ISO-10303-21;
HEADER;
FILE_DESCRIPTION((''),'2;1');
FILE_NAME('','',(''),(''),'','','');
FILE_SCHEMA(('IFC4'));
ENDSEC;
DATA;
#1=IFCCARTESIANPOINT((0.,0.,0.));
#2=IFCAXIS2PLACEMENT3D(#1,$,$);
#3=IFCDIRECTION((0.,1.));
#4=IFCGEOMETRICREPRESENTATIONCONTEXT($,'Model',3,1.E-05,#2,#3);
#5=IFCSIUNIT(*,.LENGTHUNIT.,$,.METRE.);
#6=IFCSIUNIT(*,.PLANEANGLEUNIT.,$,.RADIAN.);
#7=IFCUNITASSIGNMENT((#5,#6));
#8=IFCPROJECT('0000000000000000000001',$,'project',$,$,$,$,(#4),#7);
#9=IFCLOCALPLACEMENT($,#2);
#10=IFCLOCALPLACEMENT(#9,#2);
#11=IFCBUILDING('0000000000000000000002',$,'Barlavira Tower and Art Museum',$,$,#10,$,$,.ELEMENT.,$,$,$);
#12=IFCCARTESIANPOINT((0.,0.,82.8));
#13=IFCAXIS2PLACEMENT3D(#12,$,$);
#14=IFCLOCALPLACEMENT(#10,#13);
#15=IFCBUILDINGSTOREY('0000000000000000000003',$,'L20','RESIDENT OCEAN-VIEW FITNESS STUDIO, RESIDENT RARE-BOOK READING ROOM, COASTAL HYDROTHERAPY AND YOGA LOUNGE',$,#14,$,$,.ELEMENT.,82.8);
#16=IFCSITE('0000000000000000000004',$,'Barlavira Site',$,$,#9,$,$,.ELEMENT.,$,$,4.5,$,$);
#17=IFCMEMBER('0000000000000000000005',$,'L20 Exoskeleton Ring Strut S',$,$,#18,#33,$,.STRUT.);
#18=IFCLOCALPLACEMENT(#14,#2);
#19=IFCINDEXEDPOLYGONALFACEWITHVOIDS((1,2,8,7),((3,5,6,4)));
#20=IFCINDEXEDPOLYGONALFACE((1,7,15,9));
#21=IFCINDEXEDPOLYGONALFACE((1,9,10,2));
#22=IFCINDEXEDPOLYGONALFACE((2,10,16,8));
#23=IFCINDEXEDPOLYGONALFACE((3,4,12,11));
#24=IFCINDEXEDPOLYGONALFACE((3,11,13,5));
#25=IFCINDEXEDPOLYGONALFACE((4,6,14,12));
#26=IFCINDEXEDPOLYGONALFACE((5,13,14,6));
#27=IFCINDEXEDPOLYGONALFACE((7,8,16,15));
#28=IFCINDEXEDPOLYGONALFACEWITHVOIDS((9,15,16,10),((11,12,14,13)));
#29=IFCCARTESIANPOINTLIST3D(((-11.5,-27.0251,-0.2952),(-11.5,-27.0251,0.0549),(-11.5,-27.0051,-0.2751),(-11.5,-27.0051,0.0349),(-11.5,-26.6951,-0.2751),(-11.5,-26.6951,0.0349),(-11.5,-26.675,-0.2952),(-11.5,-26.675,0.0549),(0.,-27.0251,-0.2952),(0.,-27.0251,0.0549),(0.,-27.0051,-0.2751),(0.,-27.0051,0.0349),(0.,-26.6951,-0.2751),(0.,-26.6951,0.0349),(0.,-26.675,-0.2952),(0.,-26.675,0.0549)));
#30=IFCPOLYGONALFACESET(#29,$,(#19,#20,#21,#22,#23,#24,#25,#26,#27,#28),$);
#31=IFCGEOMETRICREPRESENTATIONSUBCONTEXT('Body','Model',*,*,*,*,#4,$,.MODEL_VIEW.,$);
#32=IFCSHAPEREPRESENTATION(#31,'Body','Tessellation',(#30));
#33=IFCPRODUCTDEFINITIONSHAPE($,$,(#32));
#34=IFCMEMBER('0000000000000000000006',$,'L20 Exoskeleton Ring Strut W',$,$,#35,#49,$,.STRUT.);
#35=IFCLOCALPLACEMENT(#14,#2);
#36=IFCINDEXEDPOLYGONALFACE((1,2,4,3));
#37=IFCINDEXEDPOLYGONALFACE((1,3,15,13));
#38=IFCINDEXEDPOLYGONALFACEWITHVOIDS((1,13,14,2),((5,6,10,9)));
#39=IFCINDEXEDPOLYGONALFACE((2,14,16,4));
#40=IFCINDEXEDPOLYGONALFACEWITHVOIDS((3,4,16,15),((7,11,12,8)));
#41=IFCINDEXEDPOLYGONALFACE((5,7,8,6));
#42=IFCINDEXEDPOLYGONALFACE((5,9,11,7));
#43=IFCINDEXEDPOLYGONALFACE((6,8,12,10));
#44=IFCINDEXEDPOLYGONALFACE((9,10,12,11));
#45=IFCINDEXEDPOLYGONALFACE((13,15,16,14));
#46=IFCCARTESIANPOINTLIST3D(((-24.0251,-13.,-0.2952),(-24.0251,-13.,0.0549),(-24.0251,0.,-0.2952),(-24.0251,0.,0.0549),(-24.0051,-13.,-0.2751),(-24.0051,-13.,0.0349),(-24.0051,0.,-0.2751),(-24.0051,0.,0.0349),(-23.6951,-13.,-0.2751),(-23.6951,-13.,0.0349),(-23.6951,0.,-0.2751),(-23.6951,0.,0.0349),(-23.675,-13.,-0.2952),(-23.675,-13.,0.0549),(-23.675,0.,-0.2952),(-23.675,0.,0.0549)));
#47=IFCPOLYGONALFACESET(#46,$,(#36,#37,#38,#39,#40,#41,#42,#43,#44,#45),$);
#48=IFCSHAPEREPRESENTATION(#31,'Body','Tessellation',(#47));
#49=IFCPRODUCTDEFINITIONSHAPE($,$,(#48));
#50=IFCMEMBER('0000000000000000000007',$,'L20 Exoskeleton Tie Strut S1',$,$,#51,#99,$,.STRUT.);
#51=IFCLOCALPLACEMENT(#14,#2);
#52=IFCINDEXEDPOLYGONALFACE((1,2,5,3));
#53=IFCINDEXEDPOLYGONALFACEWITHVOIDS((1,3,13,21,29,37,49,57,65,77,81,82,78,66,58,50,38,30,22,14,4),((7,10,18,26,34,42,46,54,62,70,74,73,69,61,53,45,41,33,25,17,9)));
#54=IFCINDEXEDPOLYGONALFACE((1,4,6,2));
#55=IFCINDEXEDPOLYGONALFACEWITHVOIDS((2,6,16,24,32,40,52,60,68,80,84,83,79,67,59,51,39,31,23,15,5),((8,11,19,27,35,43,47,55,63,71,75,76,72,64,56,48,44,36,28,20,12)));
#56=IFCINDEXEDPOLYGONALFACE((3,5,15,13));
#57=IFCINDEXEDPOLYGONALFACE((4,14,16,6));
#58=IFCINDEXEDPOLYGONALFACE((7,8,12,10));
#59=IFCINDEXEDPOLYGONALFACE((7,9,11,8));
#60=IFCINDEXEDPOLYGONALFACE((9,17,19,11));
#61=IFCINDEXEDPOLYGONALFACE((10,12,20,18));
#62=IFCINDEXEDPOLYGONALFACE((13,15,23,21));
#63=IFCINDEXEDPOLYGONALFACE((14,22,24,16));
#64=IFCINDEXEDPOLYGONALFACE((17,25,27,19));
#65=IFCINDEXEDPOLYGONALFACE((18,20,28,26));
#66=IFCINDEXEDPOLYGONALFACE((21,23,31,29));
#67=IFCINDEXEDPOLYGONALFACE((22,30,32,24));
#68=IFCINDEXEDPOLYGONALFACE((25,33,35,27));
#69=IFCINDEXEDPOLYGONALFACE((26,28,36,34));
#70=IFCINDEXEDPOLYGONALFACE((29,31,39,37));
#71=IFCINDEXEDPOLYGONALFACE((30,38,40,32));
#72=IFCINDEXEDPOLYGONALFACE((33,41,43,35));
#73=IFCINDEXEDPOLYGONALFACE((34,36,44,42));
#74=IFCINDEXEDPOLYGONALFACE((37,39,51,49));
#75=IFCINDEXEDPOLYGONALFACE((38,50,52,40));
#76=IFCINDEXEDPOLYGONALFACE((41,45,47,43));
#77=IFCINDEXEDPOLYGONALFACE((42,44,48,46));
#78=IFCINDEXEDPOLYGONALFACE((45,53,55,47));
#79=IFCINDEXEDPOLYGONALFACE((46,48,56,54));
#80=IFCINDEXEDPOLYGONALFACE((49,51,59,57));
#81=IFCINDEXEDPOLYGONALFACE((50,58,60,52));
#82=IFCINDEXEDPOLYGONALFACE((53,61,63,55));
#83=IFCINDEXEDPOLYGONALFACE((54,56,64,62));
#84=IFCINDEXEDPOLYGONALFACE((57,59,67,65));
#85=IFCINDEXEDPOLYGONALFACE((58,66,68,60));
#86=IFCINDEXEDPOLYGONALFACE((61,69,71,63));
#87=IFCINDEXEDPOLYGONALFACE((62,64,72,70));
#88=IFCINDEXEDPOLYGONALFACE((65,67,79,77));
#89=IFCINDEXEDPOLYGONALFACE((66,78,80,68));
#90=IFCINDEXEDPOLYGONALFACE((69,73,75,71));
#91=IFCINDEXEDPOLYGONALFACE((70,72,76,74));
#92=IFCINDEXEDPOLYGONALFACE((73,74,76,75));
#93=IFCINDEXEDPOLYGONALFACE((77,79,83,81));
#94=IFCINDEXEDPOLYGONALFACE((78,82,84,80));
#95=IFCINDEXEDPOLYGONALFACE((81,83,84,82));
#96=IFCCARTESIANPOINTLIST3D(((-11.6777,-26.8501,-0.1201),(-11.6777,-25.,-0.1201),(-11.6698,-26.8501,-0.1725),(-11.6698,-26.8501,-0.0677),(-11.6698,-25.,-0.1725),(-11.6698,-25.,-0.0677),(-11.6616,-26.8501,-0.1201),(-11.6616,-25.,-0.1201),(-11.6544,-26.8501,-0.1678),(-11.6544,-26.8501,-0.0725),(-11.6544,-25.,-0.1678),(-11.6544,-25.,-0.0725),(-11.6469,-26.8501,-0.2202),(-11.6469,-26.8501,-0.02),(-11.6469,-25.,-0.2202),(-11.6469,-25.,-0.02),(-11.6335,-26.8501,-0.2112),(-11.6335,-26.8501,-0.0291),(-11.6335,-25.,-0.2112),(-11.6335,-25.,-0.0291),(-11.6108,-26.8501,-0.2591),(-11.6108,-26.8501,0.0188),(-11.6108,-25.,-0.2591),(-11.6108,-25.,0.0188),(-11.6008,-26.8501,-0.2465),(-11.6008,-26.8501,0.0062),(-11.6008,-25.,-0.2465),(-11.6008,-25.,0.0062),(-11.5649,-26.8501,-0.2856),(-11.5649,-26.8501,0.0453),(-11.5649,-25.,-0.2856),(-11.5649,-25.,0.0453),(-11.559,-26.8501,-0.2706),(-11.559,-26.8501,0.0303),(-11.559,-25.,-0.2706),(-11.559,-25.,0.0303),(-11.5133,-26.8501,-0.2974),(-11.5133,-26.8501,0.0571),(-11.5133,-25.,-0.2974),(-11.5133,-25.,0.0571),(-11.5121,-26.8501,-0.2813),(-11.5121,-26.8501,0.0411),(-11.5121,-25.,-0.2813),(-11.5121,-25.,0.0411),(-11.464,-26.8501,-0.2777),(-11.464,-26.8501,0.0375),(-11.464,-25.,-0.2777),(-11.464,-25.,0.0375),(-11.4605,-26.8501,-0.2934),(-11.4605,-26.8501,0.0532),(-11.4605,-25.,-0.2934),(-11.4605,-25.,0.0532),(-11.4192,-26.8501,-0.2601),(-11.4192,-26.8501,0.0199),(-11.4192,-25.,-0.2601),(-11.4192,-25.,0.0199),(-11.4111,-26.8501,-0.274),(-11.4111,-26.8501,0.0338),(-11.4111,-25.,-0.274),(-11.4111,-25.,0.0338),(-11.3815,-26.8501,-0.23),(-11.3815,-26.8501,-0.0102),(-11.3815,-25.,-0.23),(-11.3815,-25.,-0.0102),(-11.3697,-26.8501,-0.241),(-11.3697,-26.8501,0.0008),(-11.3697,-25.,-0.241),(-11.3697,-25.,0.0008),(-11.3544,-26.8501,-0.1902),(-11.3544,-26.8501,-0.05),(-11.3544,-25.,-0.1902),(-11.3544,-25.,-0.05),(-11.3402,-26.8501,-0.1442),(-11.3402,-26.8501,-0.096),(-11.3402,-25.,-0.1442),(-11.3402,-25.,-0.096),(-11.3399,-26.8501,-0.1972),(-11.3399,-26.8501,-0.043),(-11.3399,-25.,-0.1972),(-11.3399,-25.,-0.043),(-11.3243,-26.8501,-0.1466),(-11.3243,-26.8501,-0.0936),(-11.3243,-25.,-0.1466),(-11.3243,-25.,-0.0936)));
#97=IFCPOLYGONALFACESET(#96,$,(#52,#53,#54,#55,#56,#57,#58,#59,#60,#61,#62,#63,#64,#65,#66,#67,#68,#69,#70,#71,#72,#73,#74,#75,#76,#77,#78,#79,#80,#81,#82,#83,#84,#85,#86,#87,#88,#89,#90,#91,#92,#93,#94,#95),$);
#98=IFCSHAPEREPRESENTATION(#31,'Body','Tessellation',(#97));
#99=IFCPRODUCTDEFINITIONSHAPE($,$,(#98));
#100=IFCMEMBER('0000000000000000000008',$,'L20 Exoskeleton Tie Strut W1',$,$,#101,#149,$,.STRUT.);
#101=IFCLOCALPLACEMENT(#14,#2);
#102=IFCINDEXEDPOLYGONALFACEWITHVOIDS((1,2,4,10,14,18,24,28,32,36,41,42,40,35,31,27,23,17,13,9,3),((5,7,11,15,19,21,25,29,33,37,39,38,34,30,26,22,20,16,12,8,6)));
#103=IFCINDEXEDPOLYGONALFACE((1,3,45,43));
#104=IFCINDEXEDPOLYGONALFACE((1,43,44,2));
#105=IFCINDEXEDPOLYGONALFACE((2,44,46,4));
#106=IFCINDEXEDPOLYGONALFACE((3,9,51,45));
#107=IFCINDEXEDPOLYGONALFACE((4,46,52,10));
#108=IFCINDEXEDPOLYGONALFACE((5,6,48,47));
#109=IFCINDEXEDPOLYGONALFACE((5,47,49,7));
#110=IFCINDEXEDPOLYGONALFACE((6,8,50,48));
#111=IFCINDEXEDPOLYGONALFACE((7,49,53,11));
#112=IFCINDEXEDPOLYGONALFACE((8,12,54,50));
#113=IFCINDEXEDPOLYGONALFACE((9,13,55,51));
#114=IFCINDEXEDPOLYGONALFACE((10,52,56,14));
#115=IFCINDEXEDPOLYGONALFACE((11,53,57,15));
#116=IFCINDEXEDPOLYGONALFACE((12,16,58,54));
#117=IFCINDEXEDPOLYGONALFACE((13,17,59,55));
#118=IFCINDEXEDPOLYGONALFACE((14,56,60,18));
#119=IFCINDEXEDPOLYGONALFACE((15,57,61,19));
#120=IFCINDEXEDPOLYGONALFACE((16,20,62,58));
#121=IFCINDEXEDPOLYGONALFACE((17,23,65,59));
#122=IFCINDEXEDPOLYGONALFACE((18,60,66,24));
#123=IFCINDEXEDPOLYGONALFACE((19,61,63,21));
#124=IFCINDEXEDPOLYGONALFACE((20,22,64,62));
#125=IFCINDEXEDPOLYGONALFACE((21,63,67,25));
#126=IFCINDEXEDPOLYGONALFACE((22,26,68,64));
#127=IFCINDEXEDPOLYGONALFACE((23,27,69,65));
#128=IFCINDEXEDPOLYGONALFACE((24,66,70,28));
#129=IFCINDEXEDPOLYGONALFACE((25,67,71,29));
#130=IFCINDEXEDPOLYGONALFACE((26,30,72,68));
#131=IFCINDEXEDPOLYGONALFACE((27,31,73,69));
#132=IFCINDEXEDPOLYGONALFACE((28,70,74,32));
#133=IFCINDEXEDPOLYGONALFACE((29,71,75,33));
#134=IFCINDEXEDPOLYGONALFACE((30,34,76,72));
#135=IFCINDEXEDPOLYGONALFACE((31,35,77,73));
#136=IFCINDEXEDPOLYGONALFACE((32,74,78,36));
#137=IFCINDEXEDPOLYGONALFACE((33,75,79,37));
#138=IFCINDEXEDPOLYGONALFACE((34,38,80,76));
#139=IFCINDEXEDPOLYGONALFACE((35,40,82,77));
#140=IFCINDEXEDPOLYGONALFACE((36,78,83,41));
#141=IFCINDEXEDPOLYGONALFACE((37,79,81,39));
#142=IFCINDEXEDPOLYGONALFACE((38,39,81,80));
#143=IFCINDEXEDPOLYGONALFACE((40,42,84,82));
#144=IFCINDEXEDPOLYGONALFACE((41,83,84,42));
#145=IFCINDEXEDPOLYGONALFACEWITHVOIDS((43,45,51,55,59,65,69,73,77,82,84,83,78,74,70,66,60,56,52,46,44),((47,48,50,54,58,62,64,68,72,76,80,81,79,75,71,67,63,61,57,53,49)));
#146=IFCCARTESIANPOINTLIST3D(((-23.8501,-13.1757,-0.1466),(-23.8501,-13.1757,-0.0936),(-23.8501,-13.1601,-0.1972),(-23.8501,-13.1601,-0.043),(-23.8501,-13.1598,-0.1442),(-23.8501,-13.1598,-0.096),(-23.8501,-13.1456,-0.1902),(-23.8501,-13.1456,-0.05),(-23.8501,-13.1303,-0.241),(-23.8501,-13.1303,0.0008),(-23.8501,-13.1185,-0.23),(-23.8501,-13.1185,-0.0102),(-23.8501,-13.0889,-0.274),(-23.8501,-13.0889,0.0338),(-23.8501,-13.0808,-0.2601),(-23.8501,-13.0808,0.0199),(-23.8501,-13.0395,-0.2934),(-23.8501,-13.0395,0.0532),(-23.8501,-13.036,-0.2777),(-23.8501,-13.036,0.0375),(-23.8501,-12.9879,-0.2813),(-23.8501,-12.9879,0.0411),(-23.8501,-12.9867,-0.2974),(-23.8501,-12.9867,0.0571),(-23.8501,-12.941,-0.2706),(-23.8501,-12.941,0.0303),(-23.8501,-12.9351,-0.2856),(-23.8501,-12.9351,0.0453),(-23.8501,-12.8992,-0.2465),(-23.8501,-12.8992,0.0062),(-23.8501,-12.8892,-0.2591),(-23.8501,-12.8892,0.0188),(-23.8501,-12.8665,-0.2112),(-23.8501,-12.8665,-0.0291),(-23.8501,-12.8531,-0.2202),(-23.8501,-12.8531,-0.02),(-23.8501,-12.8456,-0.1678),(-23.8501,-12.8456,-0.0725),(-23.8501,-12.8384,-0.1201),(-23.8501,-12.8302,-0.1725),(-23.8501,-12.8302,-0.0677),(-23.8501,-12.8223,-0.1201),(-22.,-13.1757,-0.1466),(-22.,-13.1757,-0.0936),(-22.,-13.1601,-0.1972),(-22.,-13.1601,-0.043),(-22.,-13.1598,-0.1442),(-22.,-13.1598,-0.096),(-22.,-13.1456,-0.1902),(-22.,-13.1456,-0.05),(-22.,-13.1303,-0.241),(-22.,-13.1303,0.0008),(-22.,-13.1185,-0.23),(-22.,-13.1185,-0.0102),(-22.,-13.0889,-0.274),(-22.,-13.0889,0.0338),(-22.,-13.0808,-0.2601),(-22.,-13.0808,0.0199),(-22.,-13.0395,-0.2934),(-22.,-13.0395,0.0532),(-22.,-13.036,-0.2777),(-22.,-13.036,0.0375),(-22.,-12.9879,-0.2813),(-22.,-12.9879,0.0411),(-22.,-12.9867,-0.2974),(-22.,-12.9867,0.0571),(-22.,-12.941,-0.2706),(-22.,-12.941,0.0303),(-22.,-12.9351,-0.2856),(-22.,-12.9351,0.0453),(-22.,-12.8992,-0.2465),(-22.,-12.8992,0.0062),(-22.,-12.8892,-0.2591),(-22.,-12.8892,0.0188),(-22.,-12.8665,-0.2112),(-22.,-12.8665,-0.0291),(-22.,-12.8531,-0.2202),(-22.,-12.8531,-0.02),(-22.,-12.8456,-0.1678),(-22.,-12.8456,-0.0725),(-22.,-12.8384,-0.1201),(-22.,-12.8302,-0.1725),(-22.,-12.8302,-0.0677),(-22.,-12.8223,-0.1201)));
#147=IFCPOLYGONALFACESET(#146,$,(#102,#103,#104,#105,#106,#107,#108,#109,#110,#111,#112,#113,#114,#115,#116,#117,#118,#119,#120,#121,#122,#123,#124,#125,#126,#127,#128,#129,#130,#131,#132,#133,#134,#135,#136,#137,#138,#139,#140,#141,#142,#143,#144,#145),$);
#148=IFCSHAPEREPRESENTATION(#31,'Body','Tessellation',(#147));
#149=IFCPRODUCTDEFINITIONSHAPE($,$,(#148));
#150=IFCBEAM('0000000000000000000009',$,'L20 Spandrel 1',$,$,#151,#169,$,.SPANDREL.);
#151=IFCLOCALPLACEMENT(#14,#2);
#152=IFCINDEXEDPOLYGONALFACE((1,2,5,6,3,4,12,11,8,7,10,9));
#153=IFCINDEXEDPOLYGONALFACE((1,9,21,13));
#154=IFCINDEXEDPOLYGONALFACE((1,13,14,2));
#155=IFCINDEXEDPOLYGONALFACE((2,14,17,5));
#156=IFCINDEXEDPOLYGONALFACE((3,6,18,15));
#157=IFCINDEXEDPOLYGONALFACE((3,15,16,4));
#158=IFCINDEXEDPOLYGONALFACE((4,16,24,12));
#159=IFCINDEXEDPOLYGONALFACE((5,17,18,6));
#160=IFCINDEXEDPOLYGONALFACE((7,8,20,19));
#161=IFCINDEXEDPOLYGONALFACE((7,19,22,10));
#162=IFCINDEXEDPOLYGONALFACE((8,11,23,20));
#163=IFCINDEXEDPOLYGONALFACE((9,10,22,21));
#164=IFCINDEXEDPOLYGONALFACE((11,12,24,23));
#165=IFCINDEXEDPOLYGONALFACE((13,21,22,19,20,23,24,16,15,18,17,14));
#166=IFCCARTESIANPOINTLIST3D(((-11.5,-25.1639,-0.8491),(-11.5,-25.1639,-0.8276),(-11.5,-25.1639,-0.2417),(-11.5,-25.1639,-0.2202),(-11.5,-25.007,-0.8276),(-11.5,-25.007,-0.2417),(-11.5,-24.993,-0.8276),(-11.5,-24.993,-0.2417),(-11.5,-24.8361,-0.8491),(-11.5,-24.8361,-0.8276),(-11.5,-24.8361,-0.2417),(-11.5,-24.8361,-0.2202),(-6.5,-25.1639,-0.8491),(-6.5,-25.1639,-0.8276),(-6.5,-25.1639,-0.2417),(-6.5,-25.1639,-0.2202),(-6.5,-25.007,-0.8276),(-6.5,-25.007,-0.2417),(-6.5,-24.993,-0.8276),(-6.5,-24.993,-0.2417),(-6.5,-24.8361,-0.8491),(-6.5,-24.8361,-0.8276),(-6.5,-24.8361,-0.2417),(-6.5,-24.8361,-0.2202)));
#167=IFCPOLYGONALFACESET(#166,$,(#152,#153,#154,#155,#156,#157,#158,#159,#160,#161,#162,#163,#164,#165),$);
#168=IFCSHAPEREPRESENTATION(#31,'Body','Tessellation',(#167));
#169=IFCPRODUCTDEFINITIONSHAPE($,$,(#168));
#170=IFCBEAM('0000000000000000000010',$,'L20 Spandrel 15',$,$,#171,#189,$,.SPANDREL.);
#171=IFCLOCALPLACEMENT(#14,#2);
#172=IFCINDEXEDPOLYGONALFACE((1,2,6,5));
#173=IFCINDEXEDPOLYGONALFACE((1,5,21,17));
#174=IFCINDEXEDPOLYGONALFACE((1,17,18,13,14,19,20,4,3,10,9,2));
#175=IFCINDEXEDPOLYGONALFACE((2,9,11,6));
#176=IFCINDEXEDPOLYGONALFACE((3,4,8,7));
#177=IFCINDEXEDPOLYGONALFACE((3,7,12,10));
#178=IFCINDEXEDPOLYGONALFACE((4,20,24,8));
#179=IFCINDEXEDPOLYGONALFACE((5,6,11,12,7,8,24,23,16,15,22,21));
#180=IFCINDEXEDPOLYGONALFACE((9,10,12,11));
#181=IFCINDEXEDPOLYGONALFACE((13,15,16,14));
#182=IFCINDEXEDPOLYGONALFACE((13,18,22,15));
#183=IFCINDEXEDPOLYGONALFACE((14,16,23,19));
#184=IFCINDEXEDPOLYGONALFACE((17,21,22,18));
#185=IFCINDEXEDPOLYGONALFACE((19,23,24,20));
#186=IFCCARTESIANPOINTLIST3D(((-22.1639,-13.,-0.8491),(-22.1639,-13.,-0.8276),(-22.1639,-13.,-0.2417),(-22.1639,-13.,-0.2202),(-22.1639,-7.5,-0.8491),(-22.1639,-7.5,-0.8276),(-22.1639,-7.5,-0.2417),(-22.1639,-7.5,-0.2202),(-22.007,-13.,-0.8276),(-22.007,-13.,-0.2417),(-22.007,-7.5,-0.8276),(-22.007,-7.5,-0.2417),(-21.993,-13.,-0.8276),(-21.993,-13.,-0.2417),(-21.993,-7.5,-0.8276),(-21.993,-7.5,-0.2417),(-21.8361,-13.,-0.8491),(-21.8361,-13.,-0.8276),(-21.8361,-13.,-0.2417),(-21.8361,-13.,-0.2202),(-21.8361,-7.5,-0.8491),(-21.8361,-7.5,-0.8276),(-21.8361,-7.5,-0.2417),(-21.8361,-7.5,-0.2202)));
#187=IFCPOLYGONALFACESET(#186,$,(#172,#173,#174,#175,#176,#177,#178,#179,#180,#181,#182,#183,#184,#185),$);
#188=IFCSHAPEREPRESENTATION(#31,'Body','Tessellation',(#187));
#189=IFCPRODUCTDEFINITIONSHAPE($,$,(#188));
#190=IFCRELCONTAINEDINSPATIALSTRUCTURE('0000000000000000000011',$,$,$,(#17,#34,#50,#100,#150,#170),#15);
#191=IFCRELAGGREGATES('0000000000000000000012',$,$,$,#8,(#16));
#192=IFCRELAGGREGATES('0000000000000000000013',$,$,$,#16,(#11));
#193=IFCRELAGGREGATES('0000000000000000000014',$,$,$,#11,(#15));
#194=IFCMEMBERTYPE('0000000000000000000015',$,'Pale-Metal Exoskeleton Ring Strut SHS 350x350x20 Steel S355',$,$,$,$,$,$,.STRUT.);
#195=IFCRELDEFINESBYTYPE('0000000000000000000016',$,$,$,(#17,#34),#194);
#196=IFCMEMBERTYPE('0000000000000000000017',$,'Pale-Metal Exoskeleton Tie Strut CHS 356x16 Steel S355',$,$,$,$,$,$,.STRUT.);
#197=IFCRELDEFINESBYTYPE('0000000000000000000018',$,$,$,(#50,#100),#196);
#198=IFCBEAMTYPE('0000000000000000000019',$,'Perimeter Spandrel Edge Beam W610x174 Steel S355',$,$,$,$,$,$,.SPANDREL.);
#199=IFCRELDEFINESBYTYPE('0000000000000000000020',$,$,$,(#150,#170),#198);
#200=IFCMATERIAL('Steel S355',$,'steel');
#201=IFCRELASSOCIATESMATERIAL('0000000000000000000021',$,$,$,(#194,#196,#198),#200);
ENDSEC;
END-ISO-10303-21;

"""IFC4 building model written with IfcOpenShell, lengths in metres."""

from ifc_helpers import new_model, si_unit, direction, frame, origin, origin_2d, place, context, subcontext, project, spatial, hollow_rectangle, hollow_circle, i_section, extrude, material, material_profile, profile_set, type_object, element, save


model = new_model("IFC4")

# Units and contexts
model_context = context("Model", 3, precision=1e-05, world=origin(), true_north=direction((0.0, 1.0)))
body_context = subcontext(model_context, "Body", "Model", "MODEL_VIEW")
ifc_project = project(units=[si_unit("LENGTHUNIT", "METRE"), si_unit("PLANEANGLEUNIT", "RADIAN")], contexts=[model_context])

# Site, building, storey
site_placement = place(None, origin())
site = spatial("IfcSite", under=ifc_project, at=site_placement, Name="Barlavira Site", CompositionType="ELEMENT", RefElevation=4.5)
building_placement = place(site_placement, origin())
building = spatial("IfcBuilding", under=site, at=building_placement, Name="Barlavira Tower and Art Museum", CompositionType="ELEMENT")
storey_placement = place(building_placement, frame((0.0, 0.0, 82.8)))
storey = spatial("IfcBuildingStorey", under=building, at=storey_placement, Name="L20", Description="RESIDENT OCEAN-VIEW FITNESS STUDIO, RESIDENT RARE-BOOK READING ROOM, COASTAL HYDROTHERAPY AND YOGA LOUNGE", CompositionType="ELEMENT", Elevation=82.8)

# Members
ifc_material_1 = material(Name="Steel S355", Category="steel")
ifc_material_profile_1 = material_profile(ifc_material_1, hollow_rectangle(XDim=0.3501, YDim=0.3501, WallThickness=0.02, at=origin_2d()), Name="SHS 350x350x20.0")
ifc_profile_set_1 = profile_set([ifc_material_profile_1], Name="Steel S355")
member_type_1 = type_object("IfcMemberType", Name="Pale-Metal Exoskeleton Ring Strut SHS 350x350x20 Steel S355", PredefinedType="STRUT", material=ifc_profile_set_1)
member_1_placement = place(storey_placement, frame((-11.5, -26.8501, -0.1201), z_axis=(1.0, 0.0, 0.0), x_axis=(0.0, 1.0, 0.0)))
element("IfcMember", 1, at=member_1_placement, inside=storey, type_object=member_type_1, Name="L20 Exoskeleton Ring Strut S", PredefinedType="STRUT", context=body_context, shape_type="SweptSolid", body=[
    extrude(hollow_rectangle(XDim=0.3501, YDim=0.3501, WallThickness=0.02, at=origin_2d()), origin(), (0.0, 0.0, 1.0), 11.5),
])
member_2_placement = place(storey_placement, frame((-23.8501, -13.0, -0.1201), z_axis=(0.0, 1.0, 0.0), x_axis=(-1.0, 0.0, 0.0)))
element("IfcMember", 2, at=member_2_placement, inside=storey, type_object=member_type_1, Name="L20 Exoskeleton Ring Strut W", PredefinedType="STRUT", context=body_context, shape_type="SweptSolid", body=[
    extrude(hollow_rectangle(XDim=0.3501, YDim=0.3501, WallThickness=0.02, at=origin_2d()), origin(), (0.0, 0.0, 1.0), 13.0),
])
ifc_material_profile_2 = material_profile(ifc_material_1, hollow_circle(Radius=0.1777, WallThickness=0.0161, at=origin_2d()), Name="CHS 355.6x16.0")
ifc_profile_set_2 = profile_set([ifc_material_profile_2], Name="Steel S355")
member_type_2 = type_object("IfcMemberType", Name="Pale-Metal Exoskeleton Tie Strut CHS 356x16 Steel S355", PredefinedType="STRUT", material=ifc_profile_set_2)
for number, where, z_axis, x_axis, name in (
    (3, (-11.5, -26.8501, -0.1201), (0.0, 1.0, 0.0), (-1.0, 0.0, 0.0), "L20 Exoskeleton Tie Strut S1"),
    (4, (-23.8501, -13.0, -0.1201), (1.0, 0.0, 0.0), (0.0, 1.0, 0.0), "L20 Exoskeleton Tie Strut W1"),
):
    element("IfcMember", number, at=place(storey_placement, frame(where, z_axis=z_axis, x_axis=x_axis)), inside=storey, type_object=member_type_2, Name=name, PredefinedType="STRUT", context=body_context, shape_type="SweptSolid", body=[
        extrude(hollow_circle(Radius=0.1777, WallThickness=0.0161, at=origin_2d()), origin(), (0.0, 0.0, 1.0), 1.8501),
    ])

# Beams
ifc_material_profile_3 = material_profile(ifc_material_1, i_section(OverallWidth=0.3279, OverallDepth=0.6289, WebThickness=0.0139, FlangeThickness=0.0215, at=origin_2d()), Name="W610x174.0")
ifc_profile_set_3 = profile_set([ifc_material_profile_3], Name="Steel S355")
beam_type_1 = type_object("IfcBeamType", Name="Perimeter Spandrel Edge Beam W610x174 Steel S355", PredefinedType="SPANDREL", material=ifc_profile_set_3)
beam_1_placement = place(storey_placement, frame((-11.5, -25.0, -0.5347), z_axis=(1.0, 0.0, 0.0), x_axis=(0.0, 1.0, 0.0)))
element("IfcBeam", 5, at=beam_1_placement, inside=storey, type_object=beam_type_1, Name="L20 Spandrel 1", PredefinedType="SPANDREL", context=body_context, shape_type="SweptSolid", body=[
    extrude(i_section(OverallWidth=0.3279, OverallDepth=0.6289, WebThickness=0.0139, FlangeThickness=0.0215, at=origin_2d()), origin(), (0.0, 0.0, 1.0), 5.0),
])
beam_2_placement = place(storey_placement, frame((-22.0, -13.0, -0.5347), z_axis=(0.0, 1.0, 0.0), x_axis=(-1.0, 0.0, 0.0)))
element("IfcBeam", 6, at=beam_2_placement, inside=storey, type_object=beam_type_1, Name="L20 Spandrel 15", PredefinedType="SPANDREL", context=body_context, shape_type="SweptSolid", body=[
    extrude(i_section(OverallWidth=0.3279, OverallDepth=0.6289, WebThickness=0.0139, FlangeThickness=0.0215, at=origin_2d()), origin(), (0.0, 0.0, 1.0), 5.5),
])

save(model, "model.ifc")
